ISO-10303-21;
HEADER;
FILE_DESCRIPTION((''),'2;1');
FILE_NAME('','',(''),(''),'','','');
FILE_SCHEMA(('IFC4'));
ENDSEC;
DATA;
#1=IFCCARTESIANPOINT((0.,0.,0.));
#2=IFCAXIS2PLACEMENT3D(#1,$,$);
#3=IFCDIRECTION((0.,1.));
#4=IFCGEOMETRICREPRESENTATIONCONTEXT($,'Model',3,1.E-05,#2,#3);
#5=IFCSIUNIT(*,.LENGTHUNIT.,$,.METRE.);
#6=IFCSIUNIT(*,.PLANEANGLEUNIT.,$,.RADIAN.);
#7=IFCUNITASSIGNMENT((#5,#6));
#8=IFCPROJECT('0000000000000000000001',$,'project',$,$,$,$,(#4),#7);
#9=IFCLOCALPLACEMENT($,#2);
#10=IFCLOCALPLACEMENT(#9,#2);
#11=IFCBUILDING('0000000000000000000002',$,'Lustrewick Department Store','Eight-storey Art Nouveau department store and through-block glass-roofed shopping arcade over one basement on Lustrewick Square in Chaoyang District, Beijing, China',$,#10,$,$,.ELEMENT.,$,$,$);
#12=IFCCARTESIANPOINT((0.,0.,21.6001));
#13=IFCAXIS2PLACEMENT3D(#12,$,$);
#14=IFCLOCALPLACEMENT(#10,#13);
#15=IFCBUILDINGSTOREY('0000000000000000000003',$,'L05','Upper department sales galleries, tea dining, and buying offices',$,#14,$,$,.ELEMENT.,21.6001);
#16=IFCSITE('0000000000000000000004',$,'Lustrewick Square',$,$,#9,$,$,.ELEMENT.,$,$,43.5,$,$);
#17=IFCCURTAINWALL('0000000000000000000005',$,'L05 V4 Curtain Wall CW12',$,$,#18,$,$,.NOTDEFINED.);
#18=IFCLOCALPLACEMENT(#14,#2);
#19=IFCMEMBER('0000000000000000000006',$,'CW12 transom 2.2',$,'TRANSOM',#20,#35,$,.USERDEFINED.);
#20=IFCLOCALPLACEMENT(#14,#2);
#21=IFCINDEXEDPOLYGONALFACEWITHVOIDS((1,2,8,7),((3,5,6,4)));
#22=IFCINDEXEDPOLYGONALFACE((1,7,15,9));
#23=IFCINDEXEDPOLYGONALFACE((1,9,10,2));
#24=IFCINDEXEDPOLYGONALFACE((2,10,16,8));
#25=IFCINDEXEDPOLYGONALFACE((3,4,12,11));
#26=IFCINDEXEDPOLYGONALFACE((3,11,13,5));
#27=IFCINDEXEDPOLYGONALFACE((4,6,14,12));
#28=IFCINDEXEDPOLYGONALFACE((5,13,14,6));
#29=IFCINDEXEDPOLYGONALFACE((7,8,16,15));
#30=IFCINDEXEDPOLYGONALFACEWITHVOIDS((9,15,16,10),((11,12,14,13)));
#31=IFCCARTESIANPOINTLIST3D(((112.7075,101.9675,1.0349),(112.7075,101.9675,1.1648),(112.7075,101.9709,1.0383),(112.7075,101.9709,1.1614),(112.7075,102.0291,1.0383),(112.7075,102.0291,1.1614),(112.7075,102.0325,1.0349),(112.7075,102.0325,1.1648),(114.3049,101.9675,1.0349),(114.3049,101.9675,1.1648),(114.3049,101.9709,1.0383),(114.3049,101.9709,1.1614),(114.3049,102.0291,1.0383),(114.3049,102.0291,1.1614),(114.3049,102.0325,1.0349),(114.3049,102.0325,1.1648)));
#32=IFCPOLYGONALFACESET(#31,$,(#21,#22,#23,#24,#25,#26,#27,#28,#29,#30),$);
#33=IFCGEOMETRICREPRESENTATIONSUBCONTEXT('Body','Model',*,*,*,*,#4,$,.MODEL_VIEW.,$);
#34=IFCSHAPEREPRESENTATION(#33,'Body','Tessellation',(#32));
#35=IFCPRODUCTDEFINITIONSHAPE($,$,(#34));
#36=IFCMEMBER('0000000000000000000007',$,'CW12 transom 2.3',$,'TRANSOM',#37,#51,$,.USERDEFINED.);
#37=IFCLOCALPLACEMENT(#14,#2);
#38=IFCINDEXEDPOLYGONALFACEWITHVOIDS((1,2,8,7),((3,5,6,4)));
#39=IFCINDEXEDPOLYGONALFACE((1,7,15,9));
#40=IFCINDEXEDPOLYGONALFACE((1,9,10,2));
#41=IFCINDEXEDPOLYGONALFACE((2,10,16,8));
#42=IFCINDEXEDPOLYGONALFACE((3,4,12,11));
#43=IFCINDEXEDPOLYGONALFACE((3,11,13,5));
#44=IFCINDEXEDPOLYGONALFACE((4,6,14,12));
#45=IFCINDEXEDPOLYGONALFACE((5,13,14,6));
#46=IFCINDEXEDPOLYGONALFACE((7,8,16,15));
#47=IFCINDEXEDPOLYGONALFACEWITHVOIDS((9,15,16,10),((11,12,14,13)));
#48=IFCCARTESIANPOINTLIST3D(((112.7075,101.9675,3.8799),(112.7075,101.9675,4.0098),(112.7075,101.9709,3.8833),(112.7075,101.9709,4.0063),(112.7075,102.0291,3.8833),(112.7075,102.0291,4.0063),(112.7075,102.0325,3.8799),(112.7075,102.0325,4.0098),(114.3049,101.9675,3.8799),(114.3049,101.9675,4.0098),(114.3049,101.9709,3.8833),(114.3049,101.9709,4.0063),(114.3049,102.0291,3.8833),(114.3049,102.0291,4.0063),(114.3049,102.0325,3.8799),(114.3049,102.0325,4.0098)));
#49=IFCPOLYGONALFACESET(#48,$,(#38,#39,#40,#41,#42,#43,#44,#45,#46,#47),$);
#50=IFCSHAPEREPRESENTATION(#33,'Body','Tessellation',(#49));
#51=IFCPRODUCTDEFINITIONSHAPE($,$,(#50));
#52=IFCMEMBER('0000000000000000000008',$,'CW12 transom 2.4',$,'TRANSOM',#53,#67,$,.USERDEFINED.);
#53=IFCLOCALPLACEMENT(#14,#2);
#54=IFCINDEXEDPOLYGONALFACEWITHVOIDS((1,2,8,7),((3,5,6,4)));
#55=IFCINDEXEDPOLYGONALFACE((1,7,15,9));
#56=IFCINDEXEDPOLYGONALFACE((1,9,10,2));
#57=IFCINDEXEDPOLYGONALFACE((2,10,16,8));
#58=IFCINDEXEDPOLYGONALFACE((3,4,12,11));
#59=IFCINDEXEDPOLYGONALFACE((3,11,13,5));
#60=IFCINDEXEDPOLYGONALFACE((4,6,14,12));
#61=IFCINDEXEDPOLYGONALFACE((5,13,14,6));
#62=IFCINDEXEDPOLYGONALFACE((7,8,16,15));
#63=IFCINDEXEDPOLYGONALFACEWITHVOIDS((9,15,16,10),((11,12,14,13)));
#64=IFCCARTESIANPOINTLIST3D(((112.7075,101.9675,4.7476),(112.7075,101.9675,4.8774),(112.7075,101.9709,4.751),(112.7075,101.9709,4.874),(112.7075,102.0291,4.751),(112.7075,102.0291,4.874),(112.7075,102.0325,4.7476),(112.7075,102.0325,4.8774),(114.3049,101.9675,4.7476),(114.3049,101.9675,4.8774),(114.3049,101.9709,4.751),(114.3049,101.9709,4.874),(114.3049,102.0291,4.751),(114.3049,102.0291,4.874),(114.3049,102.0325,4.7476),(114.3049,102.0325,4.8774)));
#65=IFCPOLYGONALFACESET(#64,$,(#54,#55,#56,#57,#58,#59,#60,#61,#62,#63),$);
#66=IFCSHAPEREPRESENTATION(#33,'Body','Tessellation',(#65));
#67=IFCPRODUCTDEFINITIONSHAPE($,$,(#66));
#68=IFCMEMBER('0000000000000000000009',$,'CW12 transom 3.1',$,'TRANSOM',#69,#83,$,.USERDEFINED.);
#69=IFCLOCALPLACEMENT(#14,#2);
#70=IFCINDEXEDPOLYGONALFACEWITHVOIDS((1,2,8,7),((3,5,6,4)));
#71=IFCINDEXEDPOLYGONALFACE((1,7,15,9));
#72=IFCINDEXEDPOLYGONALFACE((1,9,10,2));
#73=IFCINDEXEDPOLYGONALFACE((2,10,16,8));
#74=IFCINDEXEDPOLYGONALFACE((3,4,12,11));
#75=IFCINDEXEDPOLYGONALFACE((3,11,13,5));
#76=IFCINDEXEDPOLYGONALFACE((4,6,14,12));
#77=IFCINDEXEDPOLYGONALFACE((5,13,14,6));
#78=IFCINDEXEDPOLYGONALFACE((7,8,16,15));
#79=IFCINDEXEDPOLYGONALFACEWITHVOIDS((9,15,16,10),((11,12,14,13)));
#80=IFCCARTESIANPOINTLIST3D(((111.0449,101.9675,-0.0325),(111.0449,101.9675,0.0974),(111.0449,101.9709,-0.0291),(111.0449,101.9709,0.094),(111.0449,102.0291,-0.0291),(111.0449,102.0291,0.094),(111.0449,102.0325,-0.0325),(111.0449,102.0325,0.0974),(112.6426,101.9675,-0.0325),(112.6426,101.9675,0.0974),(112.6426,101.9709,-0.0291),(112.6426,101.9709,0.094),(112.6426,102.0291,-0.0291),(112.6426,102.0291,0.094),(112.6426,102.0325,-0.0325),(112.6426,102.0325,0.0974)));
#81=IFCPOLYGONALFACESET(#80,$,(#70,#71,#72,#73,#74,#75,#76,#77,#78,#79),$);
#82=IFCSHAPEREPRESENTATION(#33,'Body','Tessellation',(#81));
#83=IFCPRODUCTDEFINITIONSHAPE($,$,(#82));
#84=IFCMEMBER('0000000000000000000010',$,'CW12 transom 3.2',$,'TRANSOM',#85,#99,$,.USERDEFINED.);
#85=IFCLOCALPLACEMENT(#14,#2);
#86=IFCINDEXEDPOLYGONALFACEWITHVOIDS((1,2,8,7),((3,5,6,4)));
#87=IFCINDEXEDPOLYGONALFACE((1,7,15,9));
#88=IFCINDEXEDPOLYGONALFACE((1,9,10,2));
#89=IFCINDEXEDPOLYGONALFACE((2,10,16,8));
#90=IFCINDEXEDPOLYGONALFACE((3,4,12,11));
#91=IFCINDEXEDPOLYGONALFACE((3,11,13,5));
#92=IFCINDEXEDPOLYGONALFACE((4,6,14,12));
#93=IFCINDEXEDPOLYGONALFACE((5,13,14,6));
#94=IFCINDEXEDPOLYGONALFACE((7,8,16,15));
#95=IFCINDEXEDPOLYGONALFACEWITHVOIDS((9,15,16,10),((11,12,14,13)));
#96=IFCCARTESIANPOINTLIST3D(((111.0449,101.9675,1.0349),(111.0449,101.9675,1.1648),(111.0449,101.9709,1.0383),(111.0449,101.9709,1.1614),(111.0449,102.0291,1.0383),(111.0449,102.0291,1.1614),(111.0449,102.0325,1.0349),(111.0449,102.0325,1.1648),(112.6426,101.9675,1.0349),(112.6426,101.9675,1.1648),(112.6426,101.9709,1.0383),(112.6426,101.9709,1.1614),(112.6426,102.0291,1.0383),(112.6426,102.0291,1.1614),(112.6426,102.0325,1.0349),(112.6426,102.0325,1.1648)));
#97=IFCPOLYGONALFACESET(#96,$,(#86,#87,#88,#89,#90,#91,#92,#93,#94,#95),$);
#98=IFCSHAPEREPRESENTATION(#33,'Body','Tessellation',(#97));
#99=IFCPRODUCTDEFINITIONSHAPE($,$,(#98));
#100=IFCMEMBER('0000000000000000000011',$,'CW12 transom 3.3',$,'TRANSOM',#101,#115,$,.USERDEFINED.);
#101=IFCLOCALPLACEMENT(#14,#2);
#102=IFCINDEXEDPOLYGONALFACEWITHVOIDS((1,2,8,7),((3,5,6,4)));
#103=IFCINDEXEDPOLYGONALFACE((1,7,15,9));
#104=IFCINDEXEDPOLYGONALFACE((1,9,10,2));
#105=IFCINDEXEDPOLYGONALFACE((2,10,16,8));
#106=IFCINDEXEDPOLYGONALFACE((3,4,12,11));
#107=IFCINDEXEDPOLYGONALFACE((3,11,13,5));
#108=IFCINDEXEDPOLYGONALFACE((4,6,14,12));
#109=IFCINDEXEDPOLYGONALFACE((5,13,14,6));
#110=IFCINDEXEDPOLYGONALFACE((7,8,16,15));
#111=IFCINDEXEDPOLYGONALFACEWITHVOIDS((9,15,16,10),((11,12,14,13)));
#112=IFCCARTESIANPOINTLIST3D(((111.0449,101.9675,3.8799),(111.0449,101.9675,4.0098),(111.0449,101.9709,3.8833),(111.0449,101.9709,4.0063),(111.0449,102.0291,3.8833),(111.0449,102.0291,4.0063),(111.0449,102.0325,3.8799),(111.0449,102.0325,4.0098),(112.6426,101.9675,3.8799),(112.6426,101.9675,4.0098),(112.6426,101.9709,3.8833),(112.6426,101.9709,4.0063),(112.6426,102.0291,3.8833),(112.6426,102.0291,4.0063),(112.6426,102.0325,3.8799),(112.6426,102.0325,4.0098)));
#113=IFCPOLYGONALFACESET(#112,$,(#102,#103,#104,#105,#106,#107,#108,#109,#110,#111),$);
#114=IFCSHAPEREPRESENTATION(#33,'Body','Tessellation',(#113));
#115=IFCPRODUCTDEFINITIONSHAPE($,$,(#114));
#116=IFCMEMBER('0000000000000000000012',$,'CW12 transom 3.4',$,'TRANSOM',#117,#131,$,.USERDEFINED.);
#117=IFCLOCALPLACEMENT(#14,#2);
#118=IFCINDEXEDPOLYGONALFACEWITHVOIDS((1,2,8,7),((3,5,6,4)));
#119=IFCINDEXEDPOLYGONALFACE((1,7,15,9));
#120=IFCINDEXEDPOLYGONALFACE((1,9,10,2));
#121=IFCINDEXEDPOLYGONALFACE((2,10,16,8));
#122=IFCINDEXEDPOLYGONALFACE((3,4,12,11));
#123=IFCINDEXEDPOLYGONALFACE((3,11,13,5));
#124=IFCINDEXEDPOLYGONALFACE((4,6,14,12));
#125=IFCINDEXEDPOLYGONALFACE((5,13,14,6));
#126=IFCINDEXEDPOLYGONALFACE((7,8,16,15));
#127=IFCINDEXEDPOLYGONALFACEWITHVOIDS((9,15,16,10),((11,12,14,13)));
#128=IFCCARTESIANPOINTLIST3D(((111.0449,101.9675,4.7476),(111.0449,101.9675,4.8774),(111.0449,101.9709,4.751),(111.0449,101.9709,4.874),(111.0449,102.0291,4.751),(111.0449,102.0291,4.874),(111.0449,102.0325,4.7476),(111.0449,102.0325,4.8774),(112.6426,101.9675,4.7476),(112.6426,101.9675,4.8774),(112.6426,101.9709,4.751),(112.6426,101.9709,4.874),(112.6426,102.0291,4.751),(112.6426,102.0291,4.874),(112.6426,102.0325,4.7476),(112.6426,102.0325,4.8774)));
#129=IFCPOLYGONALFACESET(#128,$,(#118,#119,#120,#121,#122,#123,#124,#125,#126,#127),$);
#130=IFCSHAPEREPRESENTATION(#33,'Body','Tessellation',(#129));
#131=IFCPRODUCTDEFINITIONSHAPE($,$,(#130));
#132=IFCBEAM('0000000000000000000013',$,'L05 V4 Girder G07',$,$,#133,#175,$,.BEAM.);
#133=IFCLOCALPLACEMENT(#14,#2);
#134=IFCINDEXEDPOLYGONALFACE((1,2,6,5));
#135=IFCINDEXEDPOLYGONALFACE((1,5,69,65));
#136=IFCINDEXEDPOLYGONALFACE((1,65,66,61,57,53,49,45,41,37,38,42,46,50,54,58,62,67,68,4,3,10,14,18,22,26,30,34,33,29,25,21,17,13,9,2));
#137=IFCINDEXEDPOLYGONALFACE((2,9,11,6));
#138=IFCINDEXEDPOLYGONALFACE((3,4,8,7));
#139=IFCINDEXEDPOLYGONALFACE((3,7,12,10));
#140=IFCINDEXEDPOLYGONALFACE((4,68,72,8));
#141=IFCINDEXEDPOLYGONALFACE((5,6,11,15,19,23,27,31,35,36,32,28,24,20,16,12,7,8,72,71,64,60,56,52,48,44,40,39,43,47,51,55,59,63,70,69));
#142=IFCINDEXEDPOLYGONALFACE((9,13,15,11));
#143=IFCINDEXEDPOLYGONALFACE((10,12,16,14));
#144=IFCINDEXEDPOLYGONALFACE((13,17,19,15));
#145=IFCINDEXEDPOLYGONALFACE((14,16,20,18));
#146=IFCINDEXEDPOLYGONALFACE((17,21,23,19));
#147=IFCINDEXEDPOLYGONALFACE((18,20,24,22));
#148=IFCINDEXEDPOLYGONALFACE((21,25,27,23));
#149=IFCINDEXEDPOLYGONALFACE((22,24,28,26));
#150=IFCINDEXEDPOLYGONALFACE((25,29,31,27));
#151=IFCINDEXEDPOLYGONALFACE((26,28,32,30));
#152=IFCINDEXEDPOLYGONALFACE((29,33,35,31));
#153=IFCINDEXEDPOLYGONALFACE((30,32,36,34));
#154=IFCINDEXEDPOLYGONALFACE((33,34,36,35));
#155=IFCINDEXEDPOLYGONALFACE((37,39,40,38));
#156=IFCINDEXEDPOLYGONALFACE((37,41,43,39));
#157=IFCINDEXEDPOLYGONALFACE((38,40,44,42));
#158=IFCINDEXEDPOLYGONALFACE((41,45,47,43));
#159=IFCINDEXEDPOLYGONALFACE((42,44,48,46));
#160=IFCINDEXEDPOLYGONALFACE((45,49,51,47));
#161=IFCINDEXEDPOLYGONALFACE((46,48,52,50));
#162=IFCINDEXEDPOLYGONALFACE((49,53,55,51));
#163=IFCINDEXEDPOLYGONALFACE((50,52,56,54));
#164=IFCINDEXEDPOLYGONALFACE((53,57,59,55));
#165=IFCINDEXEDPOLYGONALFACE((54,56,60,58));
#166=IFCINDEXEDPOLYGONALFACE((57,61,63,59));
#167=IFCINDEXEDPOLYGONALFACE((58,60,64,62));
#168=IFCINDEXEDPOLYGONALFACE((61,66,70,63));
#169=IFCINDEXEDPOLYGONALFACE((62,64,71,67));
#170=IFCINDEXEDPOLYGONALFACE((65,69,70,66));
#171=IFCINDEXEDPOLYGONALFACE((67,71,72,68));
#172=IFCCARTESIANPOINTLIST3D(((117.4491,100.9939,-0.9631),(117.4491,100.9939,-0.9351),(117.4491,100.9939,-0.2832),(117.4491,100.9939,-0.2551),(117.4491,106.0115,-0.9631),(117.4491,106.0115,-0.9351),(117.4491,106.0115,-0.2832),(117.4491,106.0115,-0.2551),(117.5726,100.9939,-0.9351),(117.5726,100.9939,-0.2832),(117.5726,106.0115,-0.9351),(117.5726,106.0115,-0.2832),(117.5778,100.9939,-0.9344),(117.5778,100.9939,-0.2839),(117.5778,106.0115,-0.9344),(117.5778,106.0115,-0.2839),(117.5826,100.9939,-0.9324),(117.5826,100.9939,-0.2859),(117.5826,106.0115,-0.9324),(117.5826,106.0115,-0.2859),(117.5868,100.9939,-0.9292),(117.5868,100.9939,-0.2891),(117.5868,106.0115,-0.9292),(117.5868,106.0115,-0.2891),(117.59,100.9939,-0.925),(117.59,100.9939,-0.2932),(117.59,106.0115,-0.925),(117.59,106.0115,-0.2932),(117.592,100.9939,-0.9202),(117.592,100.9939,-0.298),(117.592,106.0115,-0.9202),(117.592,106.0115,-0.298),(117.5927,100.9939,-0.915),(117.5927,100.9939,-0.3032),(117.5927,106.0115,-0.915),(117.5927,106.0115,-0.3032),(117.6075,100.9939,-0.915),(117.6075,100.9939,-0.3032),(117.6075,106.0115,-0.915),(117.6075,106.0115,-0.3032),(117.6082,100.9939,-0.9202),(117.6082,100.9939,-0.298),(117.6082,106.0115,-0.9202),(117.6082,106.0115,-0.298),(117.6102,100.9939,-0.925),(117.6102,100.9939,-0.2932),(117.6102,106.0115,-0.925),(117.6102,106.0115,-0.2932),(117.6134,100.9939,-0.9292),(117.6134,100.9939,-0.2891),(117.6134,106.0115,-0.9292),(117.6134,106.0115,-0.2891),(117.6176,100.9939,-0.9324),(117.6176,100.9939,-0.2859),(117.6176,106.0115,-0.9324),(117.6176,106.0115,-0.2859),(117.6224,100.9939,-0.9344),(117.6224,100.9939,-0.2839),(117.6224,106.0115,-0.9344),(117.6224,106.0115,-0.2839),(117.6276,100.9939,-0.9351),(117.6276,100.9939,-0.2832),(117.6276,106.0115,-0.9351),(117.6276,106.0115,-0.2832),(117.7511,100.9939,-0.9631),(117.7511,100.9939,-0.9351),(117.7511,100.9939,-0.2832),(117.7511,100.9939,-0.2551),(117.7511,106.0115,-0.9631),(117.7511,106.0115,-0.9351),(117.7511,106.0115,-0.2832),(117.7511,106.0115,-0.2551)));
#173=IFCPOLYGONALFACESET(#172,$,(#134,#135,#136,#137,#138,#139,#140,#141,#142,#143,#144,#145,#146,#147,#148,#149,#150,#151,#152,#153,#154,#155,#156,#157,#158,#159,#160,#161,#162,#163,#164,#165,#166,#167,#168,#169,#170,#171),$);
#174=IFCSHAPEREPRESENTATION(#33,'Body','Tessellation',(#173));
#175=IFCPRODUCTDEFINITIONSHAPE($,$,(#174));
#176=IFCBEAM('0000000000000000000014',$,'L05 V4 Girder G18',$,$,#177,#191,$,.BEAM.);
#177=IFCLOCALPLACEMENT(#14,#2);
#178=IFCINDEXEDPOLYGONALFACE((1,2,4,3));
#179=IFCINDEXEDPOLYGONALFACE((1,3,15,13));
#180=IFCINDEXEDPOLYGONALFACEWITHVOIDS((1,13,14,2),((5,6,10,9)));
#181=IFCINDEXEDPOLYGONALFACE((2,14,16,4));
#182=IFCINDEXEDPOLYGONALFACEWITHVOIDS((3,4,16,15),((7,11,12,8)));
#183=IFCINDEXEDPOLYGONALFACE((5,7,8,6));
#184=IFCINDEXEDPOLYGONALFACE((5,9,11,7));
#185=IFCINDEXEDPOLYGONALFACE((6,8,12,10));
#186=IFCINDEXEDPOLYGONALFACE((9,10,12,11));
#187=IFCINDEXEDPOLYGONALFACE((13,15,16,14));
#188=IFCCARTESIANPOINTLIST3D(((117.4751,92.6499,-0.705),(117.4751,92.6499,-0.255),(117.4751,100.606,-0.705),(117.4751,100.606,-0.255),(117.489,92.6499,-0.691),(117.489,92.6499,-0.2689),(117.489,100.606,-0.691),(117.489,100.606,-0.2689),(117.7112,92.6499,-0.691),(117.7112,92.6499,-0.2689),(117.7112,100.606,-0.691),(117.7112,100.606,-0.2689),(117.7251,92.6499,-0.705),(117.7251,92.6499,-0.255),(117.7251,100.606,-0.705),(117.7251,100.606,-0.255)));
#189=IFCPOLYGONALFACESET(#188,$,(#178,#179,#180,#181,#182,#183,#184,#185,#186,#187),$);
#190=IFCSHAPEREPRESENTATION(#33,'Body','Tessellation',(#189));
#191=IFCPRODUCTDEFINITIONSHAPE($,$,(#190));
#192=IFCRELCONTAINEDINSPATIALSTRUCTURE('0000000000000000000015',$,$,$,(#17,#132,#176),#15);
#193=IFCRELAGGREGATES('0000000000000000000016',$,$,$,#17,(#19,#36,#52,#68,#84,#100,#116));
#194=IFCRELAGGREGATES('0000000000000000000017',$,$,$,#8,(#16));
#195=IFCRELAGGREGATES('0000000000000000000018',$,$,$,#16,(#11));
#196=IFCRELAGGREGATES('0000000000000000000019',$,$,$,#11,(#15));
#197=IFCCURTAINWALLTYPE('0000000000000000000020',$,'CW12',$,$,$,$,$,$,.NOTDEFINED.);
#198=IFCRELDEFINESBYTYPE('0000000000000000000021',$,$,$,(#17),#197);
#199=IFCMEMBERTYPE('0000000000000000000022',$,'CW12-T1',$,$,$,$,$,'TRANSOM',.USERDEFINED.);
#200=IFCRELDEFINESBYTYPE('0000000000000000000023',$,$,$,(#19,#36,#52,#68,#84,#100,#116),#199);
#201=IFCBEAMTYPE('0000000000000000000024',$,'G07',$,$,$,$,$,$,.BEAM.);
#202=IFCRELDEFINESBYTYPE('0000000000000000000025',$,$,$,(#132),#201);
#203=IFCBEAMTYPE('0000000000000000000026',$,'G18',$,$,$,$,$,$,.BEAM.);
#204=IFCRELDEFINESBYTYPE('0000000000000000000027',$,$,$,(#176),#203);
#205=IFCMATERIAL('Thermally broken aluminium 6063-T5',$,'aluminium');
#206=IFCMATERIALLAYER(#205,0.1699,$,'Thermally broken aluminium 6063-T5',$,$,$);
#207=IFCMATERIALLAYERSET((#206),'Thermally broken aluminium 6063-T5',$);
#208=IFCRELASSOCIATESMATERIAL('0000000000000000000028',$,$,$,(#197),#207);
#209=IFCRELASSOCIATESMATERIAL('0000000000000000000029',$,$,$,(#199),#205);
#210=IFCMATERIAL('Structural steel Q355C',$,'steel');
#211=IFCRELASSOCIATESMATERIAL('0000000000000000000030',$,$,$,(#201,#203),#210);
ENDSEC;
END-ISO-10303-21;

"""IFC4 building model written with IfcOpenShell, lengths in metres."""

from ifc_helpers import new_model, si_unit, direction, frame, origin, origin_2d, place, context, subcontext, project, spatial, hollow_rectangle, i_section, extrude, material, layer, layer_set, material_profile, profile_set, type_object, element, aggregate, save


model = new_model("IFC4")

# Units and contexts
model_context = context("Model", 3, precision=1e-05, world=origin(), true_north=direction((0.0, 1.0)))
body_context = subcontext(model_context, "Body", "Model", "MODEL_VIEW")
ifc_project = project(units=[si_unit("LENGTHUNIT", "METRE"), si_unit("PLANEANGLEUNIT", "RADIAN")], contexts=[model_context])

# Site, building, storey
site_placement = place(None, origin())
site = spatial("IfcSite", under=ifc_project, at=site_placement, Name="Lustrewick Square", CompositionType="ELEMENT", RefElevation=43.5)
building_placement = place(site_placement, origin())
building = spatial("IfcBuilding", under=site, at=building_placement, Name="Lustrewick Department Store", Description="Eight-storey Art Nouveau department store and through-block glass-roofed shopping arcade over one basement on Lustrewick Square in Chaoyang District, Beijing, China", CompositionType="ELEMENT")
storey_placement = place(building_placement, frame((0.0, 0.0, 21.6001)))
storey = spatial("IfcBuildingStorey", under=building, at=storey_placement, Name="L05", Description="Upper department sales galleries, tea dining, and buying offices", CompositionType="ELEMENT", Elevation=21.6001)

# Curtain wall, members
ifc_material_1 = material(Name="Thermally broken aluminium 6063-T5", Category="aluminium")
ifc_layer_1 = layer(ifc_material_1, 0.1699, Name="Thermally broken aluminium 6063-T5")
ifc_layer_set_1 = layer_set([ifc_layer_1], Name="Thermally broken aluminium 6063-T5")
curtain_wall_type = type_object("IfcCurtainWallType", Name="CW12", PredefinedType="NOTDEFINED", material=ifc_layer_set_1)
curtain_wall_placement = place(storey_placement, origin())
curtain_wall = element("IfcCurtainWall", 1, at=curtain_wall_placement, inside=storey, type_object=curtain_wall_type, Name="L05 V4 Curtain Wall CW12", PredefinedType="NOTDEFINED")
ifc_material_profile_1 = material_profile(ifc_material_1, hollow_rectangle(XDim=0.0649, YDim=0.1299, WallThickness=0.0034, at=origin_2d()), Name="ALU-T 65x130x3.5")
ifc_profile_set_1 = profile_set([ifc_material_profile_1], Name="Thermally broken aluminium 6063-T5")
member_type_1 = type_object("IfcMemberType", Name="CW12-T1", ElementType="TRANSOM", PredefinedType="USERDEFINED", material=ifc_profile_set_1)
member_1_placement = place(storey_placement, frame((114.3049, 102.0, 1.0999), z_axis=(-1.0, 0.0, 0.0), x_axis=(0.0, -1.0, 0.0)))
member_1 = element("IfcMember", 2, at=member_1_placement, type_object=member_type_1, Name="CW12 transom 2.2", ObjectType="TRANSOM", PredefinedType="USERDEFINED", context=body_context, shape_type="SweptSolid", body=[
    extrude(hollow_rectangle(XDim=0.0649, YDim=0.1299, WallThickness=0.0034, at=origin_2d()), origin(), (0.0, 0.0, 1.0), 1.5974),
])
member_2_placement = place(storey_placement, frame((114.3049, 102.0, 3.9448), z_axis=(-1.0, 0.0, 0.0), x_axis=(0.0, -1.0, 0.0)))
member_2 = element("IfcMember", 3, at=member_2_placement, type_object=member_type_1, Name="CW12 transom 2.3", ObjectType="TRANSOM", PredefinedType="USERDEFINED", context=body_context, shape_type="SweptSolid", body=[
    extrude(hollow_rectangle(XDim=0.0649, YDim=0.1299, WallThickness=0.0034, at=origin_2d()), origin(), (0.0, 0.0, 1.0), 1.5974),
])
member_3_placement = place(storey_placement, frame((114.3049, 102.0, 4.8125), z_axis=(-1.0, 0.0, 0.0), x_axis=(0.0, -1.0, 0.0)))
member_3 = element("IfcMember", 4, at=member_3_placement, type_object=member_type_1, Name="CW12 transom 2.4", ObjectType="TRANSOM", PredefinedType="USERDEFINED", context=body_context, shape_type="SweptSolid", body=[
    extrude(hollow_rectangle(XDim=0.0649, YDim=0.1299, WallThickness=0.0034, at=origin_2d()), origin(), (0.0, 0.0, 1.0), 1.5974),
])
member_4_placement = place(storey_placement, frame((112.6426, 102.0, 0.0325), z_axis=(-1.0, 0.0, 0.0), x_axis=(0.0, -1.0, 0.0)))
member_4 = element("IfcMember", 5, at=member_4_placement, type_object=member_type_1, Name="CW12 transom 3.1", ObjectType="TRANSOM", PredefinedType="USERDEFINED", context=body_context, shape_type="SweptSolid", body=[
    extrude(hollow_rectangle(XDim=0.0649, YDim=0.1299, WallThickness=0.0034, at=origin_2d()), origin(), (0.0, 0.0, 1.0), 1.5977),
])
member_5_placement = place(storey_placement, frame((112.6426, 102.0, 1.0999), z_axis=(-1.0, 0.0, 0.0), x_axis=(0.0, -1.0, 0.0)))
member_5 = element("IfcMember", 6, at=member_5_placement, type_object=member_type_1, Name="CW12 transom 3.2", ObjectType="TRANSOM", PredefinedType="USERDEFINED", context=body_context, shape_type="SweptSolid", body=[
    extrude(hollow_rectangle(XDim=0.0649, YDim=0.1299, WallThickness=0.0034, at=origin_2d()), origin(), (0.0, 0.0, 1.0), 1.5977),
])
member_6_placement = place(storey_placement, frame((112.6426, 102.0, 3.9448), z_axis=(-1.0, 0.0, 0.0), x_axis=(0.0, -1.0, 0.0)))
member_6 = element("IfcMember", 7, at=member_6_placement, type_object=member_type_1, Name="CW12 transom 3.3", ObjectType="TRANSOM", PredefinedType="USERDEFINED", context=body_context, shape_type="SweptSolid", body=[
    extrude(hollow_rectangle(XDim=0.0649, YDim=0.1299, WallThickness=0.0034, at=origin_2d()), origin(), (0.0, 0.0, 1.0), 1.5977),
])
member_7_placement = place(storey_placement, frame((112.6426, 102.0, 4.8125), z_axis=(-1.0, 0.0, 0.0), x_axis=(0.0, -1.0, 0.0)))
member_7 = element("IfcMember", 8, at=member_7_placement, type_object=member_type_1, Name="CW12 transom 3.4", ObjectType="TRANSOM", PredefinedType="USERDEFINED", context=body_context, shape_type="SweptSolid", body=[
    extrude(hollow_rectangle(XDim=0.0649, YDim=0.1299, WallThickness=0.0034, at=origin_2d()), origin(), (0.0, 0.0, 1.0), 1.5977),
])

# Beams
ifc_material_2 = material(Name="Structural steel Q355C", Category="steel")
ifc_material_profile_2 = material_profile(ifc_material_2, i_section(OverallWidth=0.302, OverallDepth=0.708, WebThickness=0.0149, FlangeThickness=0.0281, FilletRadius=0.02, at=origin_2d()), Name="HN 708x302x15x28")
ifc_profile_set_2 = profile_set([ifc_material_profile_2], Name="Structural steel Q355C")
beam_type_1 = type_object("IfcBeamType", Name="G07", PredefinedType="BEAM", material=ifc_profile_set_2)
beam_1_placement = place(storey_placement, frame((117.6001, 100.9939, -0.6091), z_axis=(0.0, 1.0, 0.0), x_axis=(-1.0, 0.0, 0.0)))
element("IfcBeam", 9, at=beam_1_placement, inside=storey, type_object=beam_type_1, Name="L05 V4 Girder G07", PredefinedType="BEAM", context=body_context, shape_type="SweptSolid", body=[
    extrude(i_section(OverallWidth=0.302, OverallDepth=0.708, WebThickness=0.0149, FlangeThickness=0.0281, FilletRadius=0.02, at=origin_2d()), origin(), (0.0, 0.0, 1.0), 5.0176),
])
ifc_material_profile_3 = material_profile(ifc_material_2, hollow_rectangle(XDim=0.25, YDim=0.45, WallThickness=0.0139, at=origin_2d()), Name="RHS 450x250x14")
ifc_profile_set_3 = profile_set([ifc_material_profile_3], Name="Structural steel Q355C")
beam_type_2 = type_object("IfcBeamType", Name="G18", PredefinedType="BEAM", material=ifc_profile_set_3)
beam_2_placement = place(storey_placement, frame((117.6001, 92.6499, -0.48), z_axis=(0.0, 1.0, 0.0), x_axis=(-1.0, 0.0, 0.0)))
element("IfcBeam", 10, at=beam_2_placement, inside=storey, type_object=beam_type_2, Name="L05 V4 Girder G18", PredefinedType="BEAM", context=body_context, shape_type="SweptSolid", body=[
    extrude(hollow_rectangle(XDim=0.25, YDim=0.45, WallThickness=0.0139, at=origin_2d()), origin(), (0.0, 0.0, 1.0), 7.9561),
])

aggregate(curtain_wall, [member_1, member_2, member_3, member_4, member_5, member_6, member_7])

save(model, "model.ifc")
